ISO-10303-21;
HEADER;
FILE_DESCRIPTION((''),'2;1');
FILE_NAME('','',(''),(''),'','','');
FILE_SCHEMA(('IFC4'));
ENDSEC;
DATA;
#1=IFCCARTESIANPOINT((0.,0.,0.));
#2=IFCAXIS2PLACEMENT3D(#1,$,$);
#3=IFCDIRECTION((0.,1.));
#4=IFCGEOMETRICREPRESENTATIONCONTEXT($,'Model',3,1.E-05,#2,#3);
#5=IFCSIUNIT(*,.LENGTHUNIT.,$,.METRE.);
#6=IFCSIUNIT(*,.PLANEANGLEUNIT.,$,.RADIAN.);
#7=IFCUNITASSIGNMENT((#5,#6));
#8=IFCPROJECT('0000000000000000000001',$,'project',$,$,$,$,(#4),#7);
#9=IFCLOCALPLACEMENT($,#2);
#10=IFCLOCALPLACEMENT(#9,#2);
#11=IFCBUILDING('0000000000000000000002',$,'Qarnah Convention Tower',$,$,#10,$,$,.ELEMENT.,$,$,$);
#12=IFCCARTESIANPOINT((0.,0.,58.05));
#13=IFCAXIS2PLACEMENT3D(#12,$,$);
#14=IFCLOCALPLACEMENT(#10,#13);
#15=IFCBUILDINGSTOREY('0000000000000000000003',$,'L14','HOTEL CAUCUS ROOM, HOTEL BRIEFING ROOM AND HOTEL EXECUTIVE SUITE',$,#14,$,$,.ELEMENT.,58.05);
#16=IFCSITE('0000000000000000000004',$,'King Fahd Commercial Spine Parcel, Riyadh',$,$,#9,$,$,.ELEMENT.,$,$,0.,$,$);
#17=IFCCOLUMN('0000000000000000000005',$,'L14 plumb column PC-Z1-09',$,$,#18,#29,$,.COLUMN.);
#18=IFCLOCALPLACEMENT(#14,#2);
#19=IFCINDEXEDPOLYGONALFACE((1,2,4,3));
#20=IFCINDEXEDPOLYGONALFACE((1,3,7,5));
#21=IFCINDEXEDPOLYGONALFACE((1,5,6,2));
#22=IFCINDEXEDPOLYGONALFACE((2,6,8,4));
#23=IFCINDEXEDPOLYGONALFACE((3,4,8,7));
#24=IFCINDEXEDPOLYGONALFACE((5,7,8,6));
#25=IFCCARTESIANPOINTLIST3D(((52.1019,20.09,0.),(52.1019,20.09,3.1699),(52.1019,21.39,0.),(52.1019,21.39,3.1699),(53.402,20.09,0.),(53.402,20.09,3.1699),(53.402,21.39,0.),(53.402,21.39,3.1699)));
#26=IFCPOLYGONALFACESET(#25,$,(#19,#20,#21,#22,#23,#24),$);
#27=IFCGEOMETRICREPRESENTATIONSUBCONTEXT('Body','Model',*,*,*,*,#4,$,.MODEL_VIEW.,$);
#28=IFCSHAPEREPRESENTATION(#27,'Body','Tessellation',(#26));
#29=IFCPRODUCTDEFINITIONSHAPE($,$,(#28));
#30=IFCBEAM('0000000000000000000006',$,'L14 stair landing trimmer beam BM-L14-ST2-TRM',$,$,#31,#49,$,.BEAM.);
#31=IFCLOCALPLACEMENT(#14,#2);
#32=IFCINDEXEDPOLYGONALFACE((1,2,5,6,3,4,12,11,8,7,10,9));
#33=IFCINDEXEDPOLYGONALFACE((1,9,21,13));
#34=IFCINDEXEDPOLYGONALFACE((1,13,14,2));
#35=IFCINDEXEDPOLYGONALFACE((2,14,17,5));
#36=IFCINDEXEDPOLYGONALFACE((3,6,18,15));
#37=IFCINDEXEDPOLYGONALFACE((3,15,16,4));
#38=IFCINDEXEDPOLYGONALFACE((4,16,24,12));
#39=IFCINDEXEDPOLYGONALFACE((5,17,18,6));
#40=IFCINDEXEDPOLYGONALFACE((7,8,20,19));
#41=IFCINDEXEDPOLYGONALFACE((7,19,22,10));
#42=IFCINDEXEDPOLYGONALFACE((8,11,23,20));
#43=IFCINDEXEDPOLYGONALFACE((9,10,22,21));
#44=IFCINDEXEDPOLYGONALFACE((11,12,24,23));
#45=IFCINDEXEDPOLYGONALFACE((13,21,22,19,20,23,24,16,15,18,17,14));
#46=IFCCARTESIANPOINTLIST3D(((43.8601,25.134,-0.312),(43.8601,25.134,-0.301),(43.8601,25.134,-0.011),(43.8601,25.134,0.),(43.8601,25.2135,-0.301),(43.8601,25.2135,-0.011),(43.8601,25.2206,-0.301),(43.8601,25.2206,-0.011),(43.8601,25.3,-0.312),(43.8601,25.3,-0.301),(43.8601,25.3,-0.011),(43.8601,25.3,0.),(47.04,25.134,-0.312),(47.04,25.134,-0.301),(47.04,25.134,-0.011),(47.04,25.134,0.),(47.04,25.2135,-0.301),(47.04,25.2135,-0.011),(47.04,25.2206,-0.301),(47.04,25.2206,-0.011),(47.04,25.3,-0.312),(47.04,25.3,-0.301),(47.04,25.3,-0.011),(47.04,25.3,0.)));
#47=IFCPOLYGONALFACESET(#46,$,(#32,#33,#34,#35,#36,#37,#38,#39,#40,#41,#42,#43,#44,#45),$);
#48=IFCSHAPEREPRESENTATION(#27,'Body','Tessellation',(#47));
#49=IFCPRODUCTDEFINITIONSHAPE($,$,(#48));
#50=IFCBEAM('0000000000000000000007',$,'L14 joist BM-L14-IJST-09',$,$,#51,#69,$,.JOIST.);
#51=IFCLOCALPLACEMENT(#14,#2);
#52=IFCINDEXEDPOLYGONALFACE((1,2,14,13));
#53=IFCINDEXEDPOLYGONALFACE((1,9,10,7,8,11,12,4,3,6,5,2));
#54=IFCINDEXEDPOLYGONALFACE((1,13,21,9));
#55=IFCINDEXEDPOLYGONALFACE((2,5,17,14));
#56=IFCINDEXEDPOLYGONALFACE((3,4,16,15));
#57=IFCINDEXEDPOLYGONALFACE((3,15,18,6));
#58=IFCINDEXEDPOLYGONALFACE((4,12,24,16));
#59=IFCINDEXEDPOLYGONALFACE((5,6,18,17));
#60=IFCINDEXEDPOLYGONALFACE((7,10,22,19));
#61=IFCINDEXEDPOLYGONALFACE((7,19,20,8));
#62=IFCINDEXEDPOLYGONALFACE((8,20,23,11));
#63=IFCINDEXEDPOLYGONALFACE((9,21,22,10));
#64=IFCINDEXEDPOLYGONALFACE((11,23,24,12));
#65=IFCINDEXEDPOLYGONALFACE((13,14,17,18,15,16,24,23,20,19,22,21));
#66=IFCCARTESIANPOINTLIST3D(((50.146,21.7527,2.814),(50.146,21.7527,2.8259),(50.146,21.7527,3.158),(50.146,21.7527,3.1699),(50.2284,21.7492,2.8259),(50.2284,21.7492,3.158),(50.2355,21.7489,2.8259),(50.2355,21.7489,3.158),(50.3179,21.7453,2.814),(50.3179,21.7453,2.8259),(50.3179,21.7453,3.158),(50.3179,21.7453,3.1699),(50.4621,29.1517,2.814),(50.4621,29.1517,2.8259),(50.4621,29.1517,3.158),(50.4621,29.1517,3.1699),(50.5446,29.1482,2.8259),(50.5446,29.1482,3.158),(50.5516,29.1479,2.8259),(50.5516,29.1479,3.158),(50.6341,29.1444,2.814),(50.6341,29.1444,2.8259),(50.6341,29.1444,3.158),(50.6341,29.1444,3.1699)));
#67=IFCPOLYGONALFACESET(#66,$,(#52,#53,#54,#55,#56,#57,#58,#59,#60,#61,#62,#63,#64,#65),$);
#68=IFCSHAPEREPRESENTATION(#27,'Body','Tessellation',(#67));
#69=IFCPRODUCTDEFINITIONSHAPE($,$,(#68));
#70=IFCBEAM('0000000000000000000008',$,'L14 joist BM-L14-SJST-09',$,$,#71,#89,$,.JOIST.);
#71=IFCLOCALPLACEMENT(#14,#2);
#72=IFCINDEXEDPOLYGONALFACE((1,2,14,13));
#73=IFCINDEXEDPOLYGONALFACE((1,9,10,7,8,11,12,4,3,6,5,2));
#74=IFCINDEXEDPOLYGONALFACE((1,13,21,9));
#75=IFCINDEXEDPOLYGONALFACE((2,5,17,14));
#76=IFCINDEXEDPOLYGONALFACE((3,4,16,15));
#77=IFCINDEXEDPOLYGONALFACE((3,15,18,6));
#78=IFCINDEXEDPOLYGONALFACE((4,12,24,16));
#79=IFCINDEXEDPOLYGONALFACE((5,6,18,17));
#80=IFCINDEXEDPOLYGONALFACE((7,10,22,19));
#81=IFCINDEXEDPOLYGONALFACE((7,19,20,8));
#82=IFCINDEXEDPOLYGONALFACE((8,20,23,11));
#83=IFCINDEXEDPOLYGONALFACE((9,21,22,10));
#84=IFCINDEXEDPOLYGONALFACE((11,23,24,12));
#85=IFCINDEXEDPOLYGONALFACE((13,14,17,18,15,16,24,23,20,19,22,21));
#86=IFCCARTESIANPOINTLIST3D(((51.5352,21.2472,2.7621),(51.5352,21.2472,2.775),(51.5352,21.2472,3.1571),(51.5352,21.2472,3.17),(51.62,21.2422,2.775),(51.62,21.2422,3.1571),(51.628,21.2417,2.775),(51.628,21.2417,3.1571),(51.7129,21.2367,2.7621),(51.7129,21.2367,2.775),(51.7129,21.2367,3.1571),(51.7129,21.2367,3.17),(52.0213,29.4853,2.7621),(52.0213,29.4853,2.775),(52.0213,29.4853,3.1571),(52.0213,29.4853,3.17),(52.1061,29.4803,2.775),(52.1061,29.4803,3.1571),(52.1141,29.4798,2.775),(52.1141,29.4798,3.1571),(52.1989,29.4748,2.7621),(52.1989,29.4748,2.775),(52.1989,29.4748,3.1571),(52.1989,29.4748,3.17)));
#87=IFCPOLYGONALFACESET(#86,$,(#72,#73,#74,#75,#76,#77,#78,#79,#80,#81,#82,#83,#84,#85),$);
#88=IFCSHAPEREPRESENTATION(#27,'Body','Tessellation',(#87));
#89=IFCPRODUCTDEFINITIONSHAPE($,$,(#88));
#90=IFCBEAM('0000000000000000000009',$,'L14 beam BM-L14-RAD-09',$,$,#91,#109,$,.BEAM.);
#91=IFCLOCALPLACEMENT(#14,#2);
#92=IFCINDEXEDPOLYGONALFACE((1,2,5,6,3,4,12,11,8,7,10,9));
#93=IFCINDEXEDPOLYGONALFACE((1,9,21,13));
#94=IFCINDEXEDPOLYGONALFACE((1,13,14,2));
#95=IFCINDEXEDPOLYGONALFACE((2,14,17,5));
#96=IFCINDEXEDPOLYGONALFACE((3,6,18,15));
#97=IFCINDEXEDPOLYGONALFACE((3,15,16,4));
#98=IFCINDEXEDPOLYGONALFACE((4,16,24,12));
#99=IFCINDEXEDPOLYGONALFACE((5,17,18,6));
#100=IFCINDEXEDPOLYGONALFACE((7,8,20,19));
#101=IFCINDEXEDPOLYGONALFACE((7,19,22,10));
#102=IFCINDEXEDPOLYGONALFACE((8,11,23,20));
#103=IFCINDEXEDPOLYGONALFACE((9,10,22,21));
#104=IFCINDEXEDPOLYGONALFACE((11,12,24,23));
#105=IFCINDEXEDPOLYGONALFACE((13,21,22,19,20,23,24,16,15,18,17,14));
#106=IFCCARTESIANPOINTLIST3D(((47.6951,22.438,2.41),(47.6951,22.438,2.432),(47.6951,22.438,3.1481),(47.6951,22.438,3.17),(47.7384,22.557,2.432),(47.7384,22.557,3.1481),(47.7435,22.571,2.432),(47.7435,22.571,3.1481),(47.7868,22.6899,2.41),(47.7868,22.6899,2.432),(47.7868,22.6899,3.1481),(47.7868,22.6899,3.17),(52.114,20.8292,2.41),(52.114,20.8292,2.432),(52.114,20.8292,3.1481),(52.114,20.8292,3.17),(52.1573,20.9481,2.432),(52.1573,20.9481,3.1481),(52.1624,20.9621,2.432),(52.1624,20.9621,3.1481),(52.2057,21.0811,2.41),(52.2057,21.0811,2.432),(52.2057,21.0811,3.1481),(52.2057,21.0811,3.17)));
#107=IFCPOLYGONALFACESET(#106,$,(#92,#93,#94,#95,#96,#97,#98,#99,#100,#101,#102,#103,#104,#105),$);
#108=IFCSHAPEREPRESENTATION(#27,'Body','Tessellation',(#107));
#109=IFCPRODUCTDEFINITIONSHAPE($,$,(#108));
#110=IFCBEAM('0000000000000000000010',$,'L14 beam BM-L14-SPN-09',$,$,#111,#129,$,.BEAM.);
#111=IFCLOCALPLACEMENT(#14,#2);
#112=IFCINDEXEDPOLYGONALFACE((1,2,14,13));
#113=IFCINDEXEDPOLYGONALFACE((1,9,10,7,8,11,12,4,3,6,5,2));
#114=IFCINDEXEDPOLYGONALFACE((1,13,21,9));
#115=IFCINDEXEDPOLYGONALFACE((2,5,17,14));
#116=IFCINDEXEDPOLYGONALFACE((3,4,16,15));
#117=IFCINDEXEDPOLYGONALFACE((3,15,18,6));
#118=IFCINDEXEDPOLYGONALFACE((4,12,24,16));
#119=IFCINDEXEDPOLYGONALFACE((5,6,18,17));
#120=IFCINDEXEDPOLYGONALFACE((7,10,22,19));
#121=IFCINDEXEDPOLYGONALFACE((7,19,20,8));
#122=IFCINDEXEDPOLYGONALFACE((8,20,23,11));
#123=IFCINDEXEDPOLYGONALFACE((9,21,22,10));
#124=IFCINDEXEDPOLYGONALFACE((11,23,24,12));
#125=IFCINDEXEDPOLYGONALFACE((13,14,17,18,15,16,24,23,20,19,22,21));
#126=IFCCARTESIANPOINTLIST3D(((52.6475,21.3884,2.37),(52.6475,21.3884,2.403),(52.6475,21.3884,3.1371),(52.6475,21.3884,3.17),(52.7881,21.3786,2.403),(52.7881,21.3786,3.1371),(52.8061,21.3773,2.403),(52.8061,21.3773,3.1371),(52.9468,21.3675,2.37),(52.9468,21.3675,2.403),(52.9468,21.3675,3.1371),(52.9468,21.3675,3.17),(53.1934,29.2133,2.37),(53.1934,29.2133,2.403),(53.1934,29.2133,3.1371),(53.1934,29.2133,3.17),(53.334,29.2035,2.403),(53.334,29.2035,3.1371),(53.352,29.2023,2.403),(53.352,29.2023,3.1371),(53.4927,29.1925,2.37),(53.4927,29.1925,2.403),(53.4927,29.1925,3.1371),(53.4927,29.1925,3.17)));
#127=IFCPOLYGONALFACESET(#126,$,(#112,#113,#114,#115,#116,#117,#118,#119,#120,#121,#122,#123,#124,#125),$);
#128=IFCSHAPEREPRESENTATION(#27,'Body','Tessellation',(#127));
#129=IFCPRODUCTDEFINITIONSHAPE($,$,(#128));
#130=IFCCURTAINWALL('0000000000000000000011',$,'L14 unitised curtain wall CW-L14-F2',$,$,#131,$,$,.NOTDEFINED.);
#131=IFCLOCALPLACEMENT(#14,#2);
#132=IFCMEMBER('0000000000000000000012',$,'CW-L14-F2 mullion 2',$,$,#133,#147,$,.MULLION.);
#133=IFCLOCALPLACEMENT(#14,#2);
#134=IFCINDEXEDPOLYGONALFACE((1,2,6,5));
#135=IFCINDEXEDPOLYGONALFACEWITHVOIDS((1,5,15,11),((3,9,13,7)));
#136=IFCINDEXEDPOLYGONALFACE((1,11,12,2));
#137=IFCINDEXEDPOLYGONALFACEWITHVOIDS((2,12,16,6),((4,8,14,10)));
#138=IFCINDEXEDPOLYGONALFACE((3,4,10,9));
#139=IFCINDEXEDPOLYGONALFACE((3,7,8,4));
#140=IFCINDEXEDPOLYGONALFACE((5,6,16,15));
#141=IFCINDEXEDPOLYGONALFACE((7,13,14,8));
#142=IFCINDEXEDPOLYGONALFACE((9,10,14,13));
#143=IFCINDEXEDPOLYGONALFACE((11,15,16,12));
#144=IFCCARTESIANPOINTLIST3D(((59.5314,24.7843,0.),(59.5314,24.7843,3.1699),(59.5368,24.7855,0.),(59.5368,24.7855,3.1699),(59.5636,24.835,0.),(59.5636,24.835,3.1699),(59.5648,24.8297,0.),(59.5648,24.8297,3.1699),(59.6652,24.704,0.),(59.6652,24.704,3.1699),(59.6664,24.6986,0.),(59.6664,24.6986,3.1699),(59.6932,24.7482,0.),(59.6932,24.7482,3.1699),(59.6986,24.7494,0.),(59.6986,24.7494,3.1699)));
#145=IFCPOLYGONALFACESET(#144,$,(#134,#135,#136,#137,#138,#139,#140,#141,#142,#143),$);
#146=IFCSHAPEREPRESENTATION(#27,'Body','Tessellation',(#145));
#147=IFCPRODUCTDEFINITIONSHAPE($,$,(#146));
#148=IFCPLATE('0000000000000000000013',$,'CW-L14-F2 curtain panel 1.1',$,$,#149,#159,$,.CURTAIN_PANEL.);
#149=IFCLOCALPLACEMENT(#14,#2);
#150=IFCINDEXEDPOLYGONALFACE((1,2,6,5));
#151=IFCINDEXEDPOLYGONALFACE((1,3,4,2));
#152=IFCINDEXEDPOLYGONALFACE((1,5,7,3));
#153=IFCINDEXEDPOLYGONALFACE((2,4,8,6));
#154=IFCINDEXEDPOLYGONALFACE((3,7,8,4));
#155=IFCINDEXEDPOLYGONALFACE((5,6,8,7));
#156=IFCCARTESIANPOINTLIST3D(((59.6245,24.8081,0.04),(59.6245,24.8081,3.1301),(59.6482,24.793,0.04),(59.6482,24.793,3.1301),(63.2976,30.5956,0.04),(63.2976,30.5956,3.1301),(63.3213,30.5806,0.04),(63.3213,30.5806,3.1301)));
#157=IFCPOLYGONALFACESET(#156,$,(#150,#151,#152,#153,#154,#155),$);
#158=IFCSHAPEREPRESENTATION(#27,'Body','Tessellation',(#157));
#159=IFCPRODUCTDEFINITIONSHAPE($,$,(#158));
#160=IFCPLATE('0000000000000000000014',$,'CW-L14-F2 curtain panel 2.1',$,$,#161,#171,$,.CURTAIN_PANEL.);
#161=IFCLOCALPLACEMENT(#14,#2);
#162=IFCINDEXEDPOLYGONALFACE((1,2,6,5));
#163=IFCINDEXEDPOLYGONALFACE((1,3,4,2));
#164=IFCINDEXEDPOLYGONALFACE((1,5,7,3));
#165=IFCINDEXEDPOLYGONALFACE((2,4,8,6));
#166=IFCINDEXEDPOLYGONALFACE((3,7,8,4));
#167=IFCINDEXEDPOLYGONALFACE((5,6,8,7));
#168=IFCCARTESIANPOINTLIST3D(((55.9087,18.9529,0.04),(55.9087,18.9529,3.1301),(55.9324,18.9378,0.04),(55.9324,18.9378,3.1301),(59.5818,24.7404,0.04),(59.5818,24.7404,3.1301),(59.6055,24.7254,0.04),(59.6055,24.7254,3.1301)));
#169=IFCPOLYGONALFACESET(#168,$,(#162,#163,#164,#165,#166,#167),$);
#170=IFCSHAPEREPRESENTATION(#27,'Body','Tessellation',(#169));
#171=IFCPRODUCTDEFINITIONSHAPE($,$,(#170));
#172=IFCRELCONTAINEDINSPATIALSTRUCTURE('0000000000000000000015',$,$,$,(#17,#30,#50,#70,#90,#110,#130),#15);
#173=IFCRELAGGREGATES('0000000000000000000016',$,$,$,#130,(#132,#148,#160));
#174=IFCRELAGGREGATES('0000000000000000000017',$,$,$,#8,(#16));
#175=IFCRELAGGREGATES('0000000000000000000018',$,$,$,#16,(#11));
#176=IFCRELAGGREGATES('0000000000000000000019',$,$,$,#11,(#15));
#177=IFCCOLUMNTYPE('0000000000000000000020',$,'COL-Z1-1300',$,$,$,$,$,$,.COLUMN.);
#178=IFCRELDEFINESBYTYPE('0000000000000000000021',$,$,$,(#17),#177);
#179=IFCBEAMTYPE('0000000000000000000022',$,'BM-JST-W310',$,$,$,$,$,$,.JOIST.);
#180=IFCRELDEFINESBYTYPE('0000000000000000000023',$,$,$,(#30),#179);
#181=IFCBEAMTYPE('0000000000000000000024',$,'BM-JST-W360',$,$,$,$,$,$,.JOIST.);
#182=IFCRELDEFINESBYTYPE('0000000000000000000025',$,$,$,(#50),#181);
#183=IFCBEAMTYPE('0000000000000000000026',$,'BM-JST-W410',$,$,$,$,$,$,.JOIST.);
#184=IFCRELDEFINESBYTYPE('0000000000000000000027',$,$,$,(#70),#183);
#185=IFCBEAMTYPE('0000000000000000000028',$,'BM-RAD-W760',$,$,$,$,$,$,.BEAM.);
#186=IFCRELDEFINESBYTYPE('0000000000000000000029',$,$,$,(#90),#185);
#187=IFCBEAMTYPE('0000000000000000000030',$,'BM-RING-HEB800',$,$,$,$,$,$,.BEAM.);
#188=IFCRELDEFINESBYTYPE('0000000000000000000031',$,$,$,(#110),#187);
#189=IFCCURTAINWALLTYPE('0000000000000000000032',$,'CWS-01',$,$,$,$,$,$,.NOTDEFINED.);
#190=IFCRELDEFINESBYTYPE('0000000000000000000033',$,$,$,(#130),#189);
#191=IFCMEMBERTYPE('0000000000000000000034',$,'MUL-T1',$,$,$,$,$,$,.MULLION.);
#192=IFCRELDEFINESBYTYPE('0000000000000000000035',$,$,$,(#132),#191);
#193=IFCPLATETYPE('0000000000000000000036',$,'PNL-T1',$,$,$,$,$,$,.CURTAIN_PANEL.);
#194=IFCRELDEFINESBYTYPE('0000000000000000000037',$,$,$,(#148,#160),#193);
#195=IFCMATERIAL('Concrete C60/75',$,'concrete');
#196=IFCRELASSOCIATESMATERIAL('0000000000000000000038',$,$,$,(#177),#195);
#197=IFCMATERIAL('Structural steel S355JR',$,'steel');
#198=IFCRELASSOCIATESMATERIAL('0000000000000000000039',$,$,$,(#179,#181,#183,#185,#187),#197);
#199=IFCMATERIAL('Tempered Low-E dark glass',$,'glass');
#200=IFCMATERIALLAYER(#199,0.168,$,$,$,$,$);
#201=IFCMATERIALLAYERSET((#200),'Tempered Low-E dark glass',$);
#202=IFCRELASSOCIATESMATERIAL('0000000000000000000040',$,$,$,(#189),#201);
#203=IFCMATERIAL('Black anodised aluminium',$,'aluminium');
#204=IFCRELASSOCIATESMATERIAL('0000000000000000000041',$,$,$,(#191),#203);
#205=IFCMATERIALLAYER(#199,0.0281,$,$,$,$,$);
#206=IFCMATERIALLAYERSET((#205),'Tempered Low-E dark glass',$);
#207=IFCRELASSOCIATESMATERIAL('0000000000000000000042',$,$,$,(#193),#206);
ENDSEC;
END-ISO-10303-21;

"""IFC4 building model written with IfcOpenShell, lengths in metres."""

from ifc_helpers import new_model, si_unit, direction, frame, origin, origin_2d, place, context, subcontext, project, spatial, rectangle, hollow_rectangle, i_section, extrude, material, layer, layer_set, material_profile, profile_set, type_object, element, aggregate, save


model = new_model("IFC4")

# Units and contexts
model_context = context("Model", 3, precision=1e-05, world=origin(), true_north=direction((0.0, 1.0)))
body_context = subcontext(model_context, "Body", "Model", "MODEL_VIEW")
ifc_project = project(units=[si_unit("LENGTHUNIT", "METRE"), si_unit("PLANEANGLEUNIT", "RADIAN")], contexts=[model_context])

# Site, building, storey
site_placement = place(None, origin())
site = spatial("IfcSite", under=ifc_project, at=site_placement, Name="King Fahd Commercial Spine Parcel, Riyadh", CompositionType="ELEMENT", RefElevation=0.0)
building_placement = place(site_placement, origin())
building = spatial("IfcBuilding", under=site, at=building_placement, Name="Qarnah Convention Tower", CompositionType="ELEMENT")
storey_placement = place(building_placement, frame((0.0, 0.0, 58.05)))
storey = spatial("IfcBuildingStorey", under=building, at=storey_placement, Name="L14", Description="HOTEL CAUCUS ROOM, HOTEL BRIEFING ROOM AND HOTEL EXECUTIVE SUITE", CompositionType="ELEMENT", Elevation=58.05)

# Column
ifc_material_1 = material(Name="Concrete C60/75", Category="concrete")
ifc_material_profile_1 = material_profile(ifc_material_1, rectangle(XDim=1.3, YDim=1.3, at=origin_2d()), Name="RC-COL-1300X1300")
ifc_profile_set_1 = profile_set([ifc_material_profile_1], Name="Concrete C60/75")
column_type = type_object("IfcColumnType", Name="COL-Z1-1300", PredefinedType="COLUMN", material=ifc_profile_set_1)
column_placement = place(storey_placement, frame((52.752, 20.74, 0.0), z_axis=(0.0, 0.0, 1.0), x_axis=(1.0, 0.0, 0.0)))
element("IfcColumn", 1, at=column_placement, inside=storey, type_object=column_type, Name="L14 plumb column PC-Z1-09", PredefinedType="COLUMN", context=body_context, shape_type="SweptSolid", body=[
    extrude(rectangle(XDim=1.3, YDim=1.3, at=origin_2d()), origin(), (0.0, 0.0, 1.0), 3.1699),
])

# Beams
ifc_material_2 = material(Name="Structural steel S355JR", Category="steel")
ifc_material_profile_2 = material_profile(ifc_material_2, i_section(OverallWidth=0.166, OverallDepth=0.312, WebThickness=0.0071, FlangeThickness=0.011, at=origin_2d()), Name="W310X45")
ifc_profile_set_2 = profile_set([ifc_material_profile_2], Name="Structural steel S355JR")
beam_type_1 = type_object("IfcBeamType", Name="BM-JST-W310", PredefinedType="JOIST", material=ifc_profile_set_2)
beam_1_placement = place(storey_placement, frame((43.8601, 25.217, -0.156), z_axis=(1.0, 0.0, 0.0), x_axis=(0.0, 1.0, 0.0)))
element("IfcBeam", 2, at=beam_1_placement, inside=storey, type_object=beam_type_1, Name="L14 stair landing trimmer beam BM-L14-ST2-TRM", PredefinedType="BEAM", context=body_context, shape_type="SweptSolid", body=[
    extrude(i_section(OverallWidth=0.166, OverallDepth=0.312, WebThickness=0.0071, FlangeThickness=0.011, at=origin_2d()), origin(), (0.0, 0.0, 1.0), 3.1799),
])
ifc_material_profile_3 = material_profile(ifc_material_2, i_section(OverallWidth=0.1721, OverallDepth=0.356, WebThickness=0.0071, FlangeThickness=0.012, at=origin_2d()), Name="W360X51")
ifc_profile_set_3 = profile_set([ifc_material_profile_3], Name="Structural steel S355JR")
beam_type_2 = type_object("IfcBeamType", Name="BM-JST-W360", PredefinedType="JOIST", material=ifc_profile_set_3)
beam_2_placement = place(storey_placement, frame((50.2319, 21.749, 2.9919), z_axis=(0.042692, 0.999088, 0.0), x_axis=(-0.999088, 0.042692, 0.0)))
element("IfcBeam", 3, at=beam_2_placement, inside=storey, type_object=beam_type_2, Name="L14 joist BM-L14-IJST-09", PredefinedType="JOIST", context=body_context, shape_type="SweptSolid", body=[
    extrude(i_section(OverallWidth=0.1721, OverallDepth=0.356, WebThickness=0.0071, FlangeThickness=0.012, at=origin_2d()), origin(), (0.0, 0.0, 1.0), 7.4058),
])
ifc_material_profile_4 = material_profile(ifc_material_2, i_section(OverallWidth=0.178, OverallDepth=0.408, WebThickness=0.0081, FlangeThickness=0.0129, at=origin_2d()), Name="W410X60")
ifc_profile_set_4 = profile_set([ifc_material_profile_4], Name="Structural steel S355JR")
beam_type_3 = type_object("IfcBeamType", Name="BM-JST-W410", PredefinedType="JOIST", material=ifc_profile_set_4)
beam_3_placement = place(storey_placement, frame((51.624, 21.2419, 2.9661), z_axis=(0.058902, 0.998264, 0.0), x_axis=(-0.998264, 0.058902, 0.0)))
element("IfcBeam", 4, at=beam_3_placement, inside=storey, type_object=beam_type_3, Name="L14 joist BM-L14-SJST-09", PredefinedType="JOIST", context=body_context, shape_type="SweptSolid", body=[
    extrude(i_section(OverallWidth=0.178, OverallDepth=0.408, WebThickness=0.0081, FlangeThickness=0.0129, at=origin_2d()), origin(), (0.0, 0.0, 1.0), 8.2524),
])
ifc_material_profile_5 = material_profile(ifc_material_2, i_section(OverallWidth=0.2681, OverallDepth=0.76, WebThickness=0.0149, FlangeThickness=0.022, at=origin_2d()), Name="W760X185")
ifc_profile_set_5 = profile_set([ifc_material_profile_5], Name="Structural steel S355JR")
beam_type_4 = type_object("IfcBeamType", Name="BM-RAD-W760", PredefinedType="BEAM", material=ifc_profile_set_5)
beam_4_placement = place(storey_placement, frame((47.741, 22.564, 2.79), z_axis=(0.939657, -0.342118, 0.0), x_axis=(0.342118, 0.939657, 0.0)))
element("IfcBeam", 5, at=beam_4_placement, inside=storey, type_object=beam_type_4, Name="L14 beam BM-L14-RAD-09", PredefinedType="BEAM", context=body_context, shape_type="SweptSolid", body=[
    extrude(i_section(OverallWidth=0.2681, OverallDepth=0.76, WebThickness=0.0149, FlangeThickness=0.022, at=origin_2d()), origin(), (0.0, 0.0, 1.0), 4.7026),
])
ifc_material_profile_6 = material_profile(ifc_material_2, i_section(OverallWidth=0.3, OverallDepth=0.8, WebThickness=0.0181, FlangeThickness=0.033, at=origin_2d()), Name="HEB800")
ifc_profile_set_6 = profile_set([ifc_material_profile_6], Name="Structural steel S355JR")
beam_type_5 = type_object("IfcBeamType", Name="BM-RING-HEB800", PredefinedType="BEAM", material=ifc_profile_set_6)
beam_5_placement = place(storey_placement, frame((52.7971, 21.3779, 2.77), z_axis=(0.069595, 0.997575, 0.0), x_axis=(-0.997575, 0.069595, 0.0)))
element("IfcBeam", 6, at=beam_5_placement, inside=storey, type_object=beam_type_5, Name="L14 beam BM-L14-SPN-09", PredefinedType="BEAM", context=body_context, shape_type="SweptSolid", body=[
    extrude(i_section(OverallWidth=0.3, OverallDepth=0.8, WebThickness=0.0181, FlangeThickness=0.033, at=origin_2d()), origin(), (0.0, 0.0, 1.0), 7.844),
])

# Curtain wall, member, plates
ifc_material_3 = material(Name="Tempered Low-E dark glass", Category="glass")
ifc_layer_1 = layer(ifc_material_3, 0.168)
ifc_layer_set_1 = layer_set([ifc_layer_1], Name="Tempered Low-E dark glass")
curtain_wall_type = type_object("IfcCurtainWallType", Name="CWS-01", PredefinedType="NOTDEFINED", material=ifc_layer_set_1)
curtain_wall_placement = place(storey_placement, origin())
curtain_wall = element("IfcCurtainWall", 7, at=curtain_wall_placement, inside=storey, type_object=curtain_wall_type, Name="L14 unitised curtain wall CW-L14-F2", PredefinedType="NOTDEFINED")
ifc_material_4 = material(Name="Black anodised aluminium", Category="aluminium")
ifc_material_profile_7 = material_profile(ifc_material_4, hollow_rectangle(XDim=0.0601, YDim=0.1599, WallThickness=0.0039, at=origin_2d()), Name="MUL-60X160")
ifc_profile_set_7 = profile_set([ifc_material_profile_7], Name="Black anodised aluminium")
member_type = type_object("IfcMemberType", Name="MUL-T1", PredefinedType="MULLION", material=ifc_profile_set_7)
member_placement = place(storey_placement, frame((59.615, 24.7668, 0.0), z_axis=(0.0, 0.0, 1.0), x_axis=(-0.535845, -0.844316, 0.0)))
member = element("IfcMember", 8, at=member_placement, type_object=member_type, Name="CW-L14-F2 mullion 2", PredefinedType="MULLION", context=body_context, shape_type="SweptSolid", body=[
    extrude(hollow_rectangle(XDim=0.0601, YDim=0.1599, WallThickness=0.0039, at=origin_2d()), origin(), (0.0, 0.0, 1.0), 3.1699),
])
ifc_layer_2 = layer(ifc_material_3, 0.0281)
ifc_layer_set_2 = layer_set([ifc_layer_2], Name="Tempered Low-E dark glass")
plate_type = type_object("IfcPlateType", Name="PNL-T1", PredefinedType="CURTAIN_PANEL", material=ifc_layer_set_2)
plate_1_placement = place(storey_placement, frame((61.4729, 27.6943, 0.04), z_axis=(0.0, 0.0, 1.0), x_axis=(-0.535845, -0.844316, 0.0)))
plate_1 = element("IfcPlate", 9, at=plate_1_placement, type_object=plate_type, Name="CW-L14-F2 curtain panel 1.1", PredefinedType="CURTAIN_PANEL", context=body_context, shape_type="SweptSolid", body=[
    extrude(rectangle(XDim=6.8547, YDim=0.0281, at=origin_2d()), origin(), (0.0, 0.0, 1.0), 3.0901),
])
plate_2_placement = place(storey_placement, frame((57.7571, 21.8391, 0.04), z_axis=(0.0, 0.0, 1.0), x_axis=(-0.535845, -0.844316, 0.0)))
plate_2 = element("IfcPlate", 10, at=plate_2_placement, type_object=plate_type, Name="CW-L14-F2 curtain panel 2.1", PredefinedType="CURTAIN_PANEL", context=body_context, shape_type="SweptSolid", body=[
    extrude(rectangle(XDim=6.8547, YDim=0.0281, at=origin_2d()), origin(), (0.0, 0.0, 1.0), 3.0901),
])
aggregate(curtain_wall, [member, plate_1, plate_2])

save(model, "model.ifc")
